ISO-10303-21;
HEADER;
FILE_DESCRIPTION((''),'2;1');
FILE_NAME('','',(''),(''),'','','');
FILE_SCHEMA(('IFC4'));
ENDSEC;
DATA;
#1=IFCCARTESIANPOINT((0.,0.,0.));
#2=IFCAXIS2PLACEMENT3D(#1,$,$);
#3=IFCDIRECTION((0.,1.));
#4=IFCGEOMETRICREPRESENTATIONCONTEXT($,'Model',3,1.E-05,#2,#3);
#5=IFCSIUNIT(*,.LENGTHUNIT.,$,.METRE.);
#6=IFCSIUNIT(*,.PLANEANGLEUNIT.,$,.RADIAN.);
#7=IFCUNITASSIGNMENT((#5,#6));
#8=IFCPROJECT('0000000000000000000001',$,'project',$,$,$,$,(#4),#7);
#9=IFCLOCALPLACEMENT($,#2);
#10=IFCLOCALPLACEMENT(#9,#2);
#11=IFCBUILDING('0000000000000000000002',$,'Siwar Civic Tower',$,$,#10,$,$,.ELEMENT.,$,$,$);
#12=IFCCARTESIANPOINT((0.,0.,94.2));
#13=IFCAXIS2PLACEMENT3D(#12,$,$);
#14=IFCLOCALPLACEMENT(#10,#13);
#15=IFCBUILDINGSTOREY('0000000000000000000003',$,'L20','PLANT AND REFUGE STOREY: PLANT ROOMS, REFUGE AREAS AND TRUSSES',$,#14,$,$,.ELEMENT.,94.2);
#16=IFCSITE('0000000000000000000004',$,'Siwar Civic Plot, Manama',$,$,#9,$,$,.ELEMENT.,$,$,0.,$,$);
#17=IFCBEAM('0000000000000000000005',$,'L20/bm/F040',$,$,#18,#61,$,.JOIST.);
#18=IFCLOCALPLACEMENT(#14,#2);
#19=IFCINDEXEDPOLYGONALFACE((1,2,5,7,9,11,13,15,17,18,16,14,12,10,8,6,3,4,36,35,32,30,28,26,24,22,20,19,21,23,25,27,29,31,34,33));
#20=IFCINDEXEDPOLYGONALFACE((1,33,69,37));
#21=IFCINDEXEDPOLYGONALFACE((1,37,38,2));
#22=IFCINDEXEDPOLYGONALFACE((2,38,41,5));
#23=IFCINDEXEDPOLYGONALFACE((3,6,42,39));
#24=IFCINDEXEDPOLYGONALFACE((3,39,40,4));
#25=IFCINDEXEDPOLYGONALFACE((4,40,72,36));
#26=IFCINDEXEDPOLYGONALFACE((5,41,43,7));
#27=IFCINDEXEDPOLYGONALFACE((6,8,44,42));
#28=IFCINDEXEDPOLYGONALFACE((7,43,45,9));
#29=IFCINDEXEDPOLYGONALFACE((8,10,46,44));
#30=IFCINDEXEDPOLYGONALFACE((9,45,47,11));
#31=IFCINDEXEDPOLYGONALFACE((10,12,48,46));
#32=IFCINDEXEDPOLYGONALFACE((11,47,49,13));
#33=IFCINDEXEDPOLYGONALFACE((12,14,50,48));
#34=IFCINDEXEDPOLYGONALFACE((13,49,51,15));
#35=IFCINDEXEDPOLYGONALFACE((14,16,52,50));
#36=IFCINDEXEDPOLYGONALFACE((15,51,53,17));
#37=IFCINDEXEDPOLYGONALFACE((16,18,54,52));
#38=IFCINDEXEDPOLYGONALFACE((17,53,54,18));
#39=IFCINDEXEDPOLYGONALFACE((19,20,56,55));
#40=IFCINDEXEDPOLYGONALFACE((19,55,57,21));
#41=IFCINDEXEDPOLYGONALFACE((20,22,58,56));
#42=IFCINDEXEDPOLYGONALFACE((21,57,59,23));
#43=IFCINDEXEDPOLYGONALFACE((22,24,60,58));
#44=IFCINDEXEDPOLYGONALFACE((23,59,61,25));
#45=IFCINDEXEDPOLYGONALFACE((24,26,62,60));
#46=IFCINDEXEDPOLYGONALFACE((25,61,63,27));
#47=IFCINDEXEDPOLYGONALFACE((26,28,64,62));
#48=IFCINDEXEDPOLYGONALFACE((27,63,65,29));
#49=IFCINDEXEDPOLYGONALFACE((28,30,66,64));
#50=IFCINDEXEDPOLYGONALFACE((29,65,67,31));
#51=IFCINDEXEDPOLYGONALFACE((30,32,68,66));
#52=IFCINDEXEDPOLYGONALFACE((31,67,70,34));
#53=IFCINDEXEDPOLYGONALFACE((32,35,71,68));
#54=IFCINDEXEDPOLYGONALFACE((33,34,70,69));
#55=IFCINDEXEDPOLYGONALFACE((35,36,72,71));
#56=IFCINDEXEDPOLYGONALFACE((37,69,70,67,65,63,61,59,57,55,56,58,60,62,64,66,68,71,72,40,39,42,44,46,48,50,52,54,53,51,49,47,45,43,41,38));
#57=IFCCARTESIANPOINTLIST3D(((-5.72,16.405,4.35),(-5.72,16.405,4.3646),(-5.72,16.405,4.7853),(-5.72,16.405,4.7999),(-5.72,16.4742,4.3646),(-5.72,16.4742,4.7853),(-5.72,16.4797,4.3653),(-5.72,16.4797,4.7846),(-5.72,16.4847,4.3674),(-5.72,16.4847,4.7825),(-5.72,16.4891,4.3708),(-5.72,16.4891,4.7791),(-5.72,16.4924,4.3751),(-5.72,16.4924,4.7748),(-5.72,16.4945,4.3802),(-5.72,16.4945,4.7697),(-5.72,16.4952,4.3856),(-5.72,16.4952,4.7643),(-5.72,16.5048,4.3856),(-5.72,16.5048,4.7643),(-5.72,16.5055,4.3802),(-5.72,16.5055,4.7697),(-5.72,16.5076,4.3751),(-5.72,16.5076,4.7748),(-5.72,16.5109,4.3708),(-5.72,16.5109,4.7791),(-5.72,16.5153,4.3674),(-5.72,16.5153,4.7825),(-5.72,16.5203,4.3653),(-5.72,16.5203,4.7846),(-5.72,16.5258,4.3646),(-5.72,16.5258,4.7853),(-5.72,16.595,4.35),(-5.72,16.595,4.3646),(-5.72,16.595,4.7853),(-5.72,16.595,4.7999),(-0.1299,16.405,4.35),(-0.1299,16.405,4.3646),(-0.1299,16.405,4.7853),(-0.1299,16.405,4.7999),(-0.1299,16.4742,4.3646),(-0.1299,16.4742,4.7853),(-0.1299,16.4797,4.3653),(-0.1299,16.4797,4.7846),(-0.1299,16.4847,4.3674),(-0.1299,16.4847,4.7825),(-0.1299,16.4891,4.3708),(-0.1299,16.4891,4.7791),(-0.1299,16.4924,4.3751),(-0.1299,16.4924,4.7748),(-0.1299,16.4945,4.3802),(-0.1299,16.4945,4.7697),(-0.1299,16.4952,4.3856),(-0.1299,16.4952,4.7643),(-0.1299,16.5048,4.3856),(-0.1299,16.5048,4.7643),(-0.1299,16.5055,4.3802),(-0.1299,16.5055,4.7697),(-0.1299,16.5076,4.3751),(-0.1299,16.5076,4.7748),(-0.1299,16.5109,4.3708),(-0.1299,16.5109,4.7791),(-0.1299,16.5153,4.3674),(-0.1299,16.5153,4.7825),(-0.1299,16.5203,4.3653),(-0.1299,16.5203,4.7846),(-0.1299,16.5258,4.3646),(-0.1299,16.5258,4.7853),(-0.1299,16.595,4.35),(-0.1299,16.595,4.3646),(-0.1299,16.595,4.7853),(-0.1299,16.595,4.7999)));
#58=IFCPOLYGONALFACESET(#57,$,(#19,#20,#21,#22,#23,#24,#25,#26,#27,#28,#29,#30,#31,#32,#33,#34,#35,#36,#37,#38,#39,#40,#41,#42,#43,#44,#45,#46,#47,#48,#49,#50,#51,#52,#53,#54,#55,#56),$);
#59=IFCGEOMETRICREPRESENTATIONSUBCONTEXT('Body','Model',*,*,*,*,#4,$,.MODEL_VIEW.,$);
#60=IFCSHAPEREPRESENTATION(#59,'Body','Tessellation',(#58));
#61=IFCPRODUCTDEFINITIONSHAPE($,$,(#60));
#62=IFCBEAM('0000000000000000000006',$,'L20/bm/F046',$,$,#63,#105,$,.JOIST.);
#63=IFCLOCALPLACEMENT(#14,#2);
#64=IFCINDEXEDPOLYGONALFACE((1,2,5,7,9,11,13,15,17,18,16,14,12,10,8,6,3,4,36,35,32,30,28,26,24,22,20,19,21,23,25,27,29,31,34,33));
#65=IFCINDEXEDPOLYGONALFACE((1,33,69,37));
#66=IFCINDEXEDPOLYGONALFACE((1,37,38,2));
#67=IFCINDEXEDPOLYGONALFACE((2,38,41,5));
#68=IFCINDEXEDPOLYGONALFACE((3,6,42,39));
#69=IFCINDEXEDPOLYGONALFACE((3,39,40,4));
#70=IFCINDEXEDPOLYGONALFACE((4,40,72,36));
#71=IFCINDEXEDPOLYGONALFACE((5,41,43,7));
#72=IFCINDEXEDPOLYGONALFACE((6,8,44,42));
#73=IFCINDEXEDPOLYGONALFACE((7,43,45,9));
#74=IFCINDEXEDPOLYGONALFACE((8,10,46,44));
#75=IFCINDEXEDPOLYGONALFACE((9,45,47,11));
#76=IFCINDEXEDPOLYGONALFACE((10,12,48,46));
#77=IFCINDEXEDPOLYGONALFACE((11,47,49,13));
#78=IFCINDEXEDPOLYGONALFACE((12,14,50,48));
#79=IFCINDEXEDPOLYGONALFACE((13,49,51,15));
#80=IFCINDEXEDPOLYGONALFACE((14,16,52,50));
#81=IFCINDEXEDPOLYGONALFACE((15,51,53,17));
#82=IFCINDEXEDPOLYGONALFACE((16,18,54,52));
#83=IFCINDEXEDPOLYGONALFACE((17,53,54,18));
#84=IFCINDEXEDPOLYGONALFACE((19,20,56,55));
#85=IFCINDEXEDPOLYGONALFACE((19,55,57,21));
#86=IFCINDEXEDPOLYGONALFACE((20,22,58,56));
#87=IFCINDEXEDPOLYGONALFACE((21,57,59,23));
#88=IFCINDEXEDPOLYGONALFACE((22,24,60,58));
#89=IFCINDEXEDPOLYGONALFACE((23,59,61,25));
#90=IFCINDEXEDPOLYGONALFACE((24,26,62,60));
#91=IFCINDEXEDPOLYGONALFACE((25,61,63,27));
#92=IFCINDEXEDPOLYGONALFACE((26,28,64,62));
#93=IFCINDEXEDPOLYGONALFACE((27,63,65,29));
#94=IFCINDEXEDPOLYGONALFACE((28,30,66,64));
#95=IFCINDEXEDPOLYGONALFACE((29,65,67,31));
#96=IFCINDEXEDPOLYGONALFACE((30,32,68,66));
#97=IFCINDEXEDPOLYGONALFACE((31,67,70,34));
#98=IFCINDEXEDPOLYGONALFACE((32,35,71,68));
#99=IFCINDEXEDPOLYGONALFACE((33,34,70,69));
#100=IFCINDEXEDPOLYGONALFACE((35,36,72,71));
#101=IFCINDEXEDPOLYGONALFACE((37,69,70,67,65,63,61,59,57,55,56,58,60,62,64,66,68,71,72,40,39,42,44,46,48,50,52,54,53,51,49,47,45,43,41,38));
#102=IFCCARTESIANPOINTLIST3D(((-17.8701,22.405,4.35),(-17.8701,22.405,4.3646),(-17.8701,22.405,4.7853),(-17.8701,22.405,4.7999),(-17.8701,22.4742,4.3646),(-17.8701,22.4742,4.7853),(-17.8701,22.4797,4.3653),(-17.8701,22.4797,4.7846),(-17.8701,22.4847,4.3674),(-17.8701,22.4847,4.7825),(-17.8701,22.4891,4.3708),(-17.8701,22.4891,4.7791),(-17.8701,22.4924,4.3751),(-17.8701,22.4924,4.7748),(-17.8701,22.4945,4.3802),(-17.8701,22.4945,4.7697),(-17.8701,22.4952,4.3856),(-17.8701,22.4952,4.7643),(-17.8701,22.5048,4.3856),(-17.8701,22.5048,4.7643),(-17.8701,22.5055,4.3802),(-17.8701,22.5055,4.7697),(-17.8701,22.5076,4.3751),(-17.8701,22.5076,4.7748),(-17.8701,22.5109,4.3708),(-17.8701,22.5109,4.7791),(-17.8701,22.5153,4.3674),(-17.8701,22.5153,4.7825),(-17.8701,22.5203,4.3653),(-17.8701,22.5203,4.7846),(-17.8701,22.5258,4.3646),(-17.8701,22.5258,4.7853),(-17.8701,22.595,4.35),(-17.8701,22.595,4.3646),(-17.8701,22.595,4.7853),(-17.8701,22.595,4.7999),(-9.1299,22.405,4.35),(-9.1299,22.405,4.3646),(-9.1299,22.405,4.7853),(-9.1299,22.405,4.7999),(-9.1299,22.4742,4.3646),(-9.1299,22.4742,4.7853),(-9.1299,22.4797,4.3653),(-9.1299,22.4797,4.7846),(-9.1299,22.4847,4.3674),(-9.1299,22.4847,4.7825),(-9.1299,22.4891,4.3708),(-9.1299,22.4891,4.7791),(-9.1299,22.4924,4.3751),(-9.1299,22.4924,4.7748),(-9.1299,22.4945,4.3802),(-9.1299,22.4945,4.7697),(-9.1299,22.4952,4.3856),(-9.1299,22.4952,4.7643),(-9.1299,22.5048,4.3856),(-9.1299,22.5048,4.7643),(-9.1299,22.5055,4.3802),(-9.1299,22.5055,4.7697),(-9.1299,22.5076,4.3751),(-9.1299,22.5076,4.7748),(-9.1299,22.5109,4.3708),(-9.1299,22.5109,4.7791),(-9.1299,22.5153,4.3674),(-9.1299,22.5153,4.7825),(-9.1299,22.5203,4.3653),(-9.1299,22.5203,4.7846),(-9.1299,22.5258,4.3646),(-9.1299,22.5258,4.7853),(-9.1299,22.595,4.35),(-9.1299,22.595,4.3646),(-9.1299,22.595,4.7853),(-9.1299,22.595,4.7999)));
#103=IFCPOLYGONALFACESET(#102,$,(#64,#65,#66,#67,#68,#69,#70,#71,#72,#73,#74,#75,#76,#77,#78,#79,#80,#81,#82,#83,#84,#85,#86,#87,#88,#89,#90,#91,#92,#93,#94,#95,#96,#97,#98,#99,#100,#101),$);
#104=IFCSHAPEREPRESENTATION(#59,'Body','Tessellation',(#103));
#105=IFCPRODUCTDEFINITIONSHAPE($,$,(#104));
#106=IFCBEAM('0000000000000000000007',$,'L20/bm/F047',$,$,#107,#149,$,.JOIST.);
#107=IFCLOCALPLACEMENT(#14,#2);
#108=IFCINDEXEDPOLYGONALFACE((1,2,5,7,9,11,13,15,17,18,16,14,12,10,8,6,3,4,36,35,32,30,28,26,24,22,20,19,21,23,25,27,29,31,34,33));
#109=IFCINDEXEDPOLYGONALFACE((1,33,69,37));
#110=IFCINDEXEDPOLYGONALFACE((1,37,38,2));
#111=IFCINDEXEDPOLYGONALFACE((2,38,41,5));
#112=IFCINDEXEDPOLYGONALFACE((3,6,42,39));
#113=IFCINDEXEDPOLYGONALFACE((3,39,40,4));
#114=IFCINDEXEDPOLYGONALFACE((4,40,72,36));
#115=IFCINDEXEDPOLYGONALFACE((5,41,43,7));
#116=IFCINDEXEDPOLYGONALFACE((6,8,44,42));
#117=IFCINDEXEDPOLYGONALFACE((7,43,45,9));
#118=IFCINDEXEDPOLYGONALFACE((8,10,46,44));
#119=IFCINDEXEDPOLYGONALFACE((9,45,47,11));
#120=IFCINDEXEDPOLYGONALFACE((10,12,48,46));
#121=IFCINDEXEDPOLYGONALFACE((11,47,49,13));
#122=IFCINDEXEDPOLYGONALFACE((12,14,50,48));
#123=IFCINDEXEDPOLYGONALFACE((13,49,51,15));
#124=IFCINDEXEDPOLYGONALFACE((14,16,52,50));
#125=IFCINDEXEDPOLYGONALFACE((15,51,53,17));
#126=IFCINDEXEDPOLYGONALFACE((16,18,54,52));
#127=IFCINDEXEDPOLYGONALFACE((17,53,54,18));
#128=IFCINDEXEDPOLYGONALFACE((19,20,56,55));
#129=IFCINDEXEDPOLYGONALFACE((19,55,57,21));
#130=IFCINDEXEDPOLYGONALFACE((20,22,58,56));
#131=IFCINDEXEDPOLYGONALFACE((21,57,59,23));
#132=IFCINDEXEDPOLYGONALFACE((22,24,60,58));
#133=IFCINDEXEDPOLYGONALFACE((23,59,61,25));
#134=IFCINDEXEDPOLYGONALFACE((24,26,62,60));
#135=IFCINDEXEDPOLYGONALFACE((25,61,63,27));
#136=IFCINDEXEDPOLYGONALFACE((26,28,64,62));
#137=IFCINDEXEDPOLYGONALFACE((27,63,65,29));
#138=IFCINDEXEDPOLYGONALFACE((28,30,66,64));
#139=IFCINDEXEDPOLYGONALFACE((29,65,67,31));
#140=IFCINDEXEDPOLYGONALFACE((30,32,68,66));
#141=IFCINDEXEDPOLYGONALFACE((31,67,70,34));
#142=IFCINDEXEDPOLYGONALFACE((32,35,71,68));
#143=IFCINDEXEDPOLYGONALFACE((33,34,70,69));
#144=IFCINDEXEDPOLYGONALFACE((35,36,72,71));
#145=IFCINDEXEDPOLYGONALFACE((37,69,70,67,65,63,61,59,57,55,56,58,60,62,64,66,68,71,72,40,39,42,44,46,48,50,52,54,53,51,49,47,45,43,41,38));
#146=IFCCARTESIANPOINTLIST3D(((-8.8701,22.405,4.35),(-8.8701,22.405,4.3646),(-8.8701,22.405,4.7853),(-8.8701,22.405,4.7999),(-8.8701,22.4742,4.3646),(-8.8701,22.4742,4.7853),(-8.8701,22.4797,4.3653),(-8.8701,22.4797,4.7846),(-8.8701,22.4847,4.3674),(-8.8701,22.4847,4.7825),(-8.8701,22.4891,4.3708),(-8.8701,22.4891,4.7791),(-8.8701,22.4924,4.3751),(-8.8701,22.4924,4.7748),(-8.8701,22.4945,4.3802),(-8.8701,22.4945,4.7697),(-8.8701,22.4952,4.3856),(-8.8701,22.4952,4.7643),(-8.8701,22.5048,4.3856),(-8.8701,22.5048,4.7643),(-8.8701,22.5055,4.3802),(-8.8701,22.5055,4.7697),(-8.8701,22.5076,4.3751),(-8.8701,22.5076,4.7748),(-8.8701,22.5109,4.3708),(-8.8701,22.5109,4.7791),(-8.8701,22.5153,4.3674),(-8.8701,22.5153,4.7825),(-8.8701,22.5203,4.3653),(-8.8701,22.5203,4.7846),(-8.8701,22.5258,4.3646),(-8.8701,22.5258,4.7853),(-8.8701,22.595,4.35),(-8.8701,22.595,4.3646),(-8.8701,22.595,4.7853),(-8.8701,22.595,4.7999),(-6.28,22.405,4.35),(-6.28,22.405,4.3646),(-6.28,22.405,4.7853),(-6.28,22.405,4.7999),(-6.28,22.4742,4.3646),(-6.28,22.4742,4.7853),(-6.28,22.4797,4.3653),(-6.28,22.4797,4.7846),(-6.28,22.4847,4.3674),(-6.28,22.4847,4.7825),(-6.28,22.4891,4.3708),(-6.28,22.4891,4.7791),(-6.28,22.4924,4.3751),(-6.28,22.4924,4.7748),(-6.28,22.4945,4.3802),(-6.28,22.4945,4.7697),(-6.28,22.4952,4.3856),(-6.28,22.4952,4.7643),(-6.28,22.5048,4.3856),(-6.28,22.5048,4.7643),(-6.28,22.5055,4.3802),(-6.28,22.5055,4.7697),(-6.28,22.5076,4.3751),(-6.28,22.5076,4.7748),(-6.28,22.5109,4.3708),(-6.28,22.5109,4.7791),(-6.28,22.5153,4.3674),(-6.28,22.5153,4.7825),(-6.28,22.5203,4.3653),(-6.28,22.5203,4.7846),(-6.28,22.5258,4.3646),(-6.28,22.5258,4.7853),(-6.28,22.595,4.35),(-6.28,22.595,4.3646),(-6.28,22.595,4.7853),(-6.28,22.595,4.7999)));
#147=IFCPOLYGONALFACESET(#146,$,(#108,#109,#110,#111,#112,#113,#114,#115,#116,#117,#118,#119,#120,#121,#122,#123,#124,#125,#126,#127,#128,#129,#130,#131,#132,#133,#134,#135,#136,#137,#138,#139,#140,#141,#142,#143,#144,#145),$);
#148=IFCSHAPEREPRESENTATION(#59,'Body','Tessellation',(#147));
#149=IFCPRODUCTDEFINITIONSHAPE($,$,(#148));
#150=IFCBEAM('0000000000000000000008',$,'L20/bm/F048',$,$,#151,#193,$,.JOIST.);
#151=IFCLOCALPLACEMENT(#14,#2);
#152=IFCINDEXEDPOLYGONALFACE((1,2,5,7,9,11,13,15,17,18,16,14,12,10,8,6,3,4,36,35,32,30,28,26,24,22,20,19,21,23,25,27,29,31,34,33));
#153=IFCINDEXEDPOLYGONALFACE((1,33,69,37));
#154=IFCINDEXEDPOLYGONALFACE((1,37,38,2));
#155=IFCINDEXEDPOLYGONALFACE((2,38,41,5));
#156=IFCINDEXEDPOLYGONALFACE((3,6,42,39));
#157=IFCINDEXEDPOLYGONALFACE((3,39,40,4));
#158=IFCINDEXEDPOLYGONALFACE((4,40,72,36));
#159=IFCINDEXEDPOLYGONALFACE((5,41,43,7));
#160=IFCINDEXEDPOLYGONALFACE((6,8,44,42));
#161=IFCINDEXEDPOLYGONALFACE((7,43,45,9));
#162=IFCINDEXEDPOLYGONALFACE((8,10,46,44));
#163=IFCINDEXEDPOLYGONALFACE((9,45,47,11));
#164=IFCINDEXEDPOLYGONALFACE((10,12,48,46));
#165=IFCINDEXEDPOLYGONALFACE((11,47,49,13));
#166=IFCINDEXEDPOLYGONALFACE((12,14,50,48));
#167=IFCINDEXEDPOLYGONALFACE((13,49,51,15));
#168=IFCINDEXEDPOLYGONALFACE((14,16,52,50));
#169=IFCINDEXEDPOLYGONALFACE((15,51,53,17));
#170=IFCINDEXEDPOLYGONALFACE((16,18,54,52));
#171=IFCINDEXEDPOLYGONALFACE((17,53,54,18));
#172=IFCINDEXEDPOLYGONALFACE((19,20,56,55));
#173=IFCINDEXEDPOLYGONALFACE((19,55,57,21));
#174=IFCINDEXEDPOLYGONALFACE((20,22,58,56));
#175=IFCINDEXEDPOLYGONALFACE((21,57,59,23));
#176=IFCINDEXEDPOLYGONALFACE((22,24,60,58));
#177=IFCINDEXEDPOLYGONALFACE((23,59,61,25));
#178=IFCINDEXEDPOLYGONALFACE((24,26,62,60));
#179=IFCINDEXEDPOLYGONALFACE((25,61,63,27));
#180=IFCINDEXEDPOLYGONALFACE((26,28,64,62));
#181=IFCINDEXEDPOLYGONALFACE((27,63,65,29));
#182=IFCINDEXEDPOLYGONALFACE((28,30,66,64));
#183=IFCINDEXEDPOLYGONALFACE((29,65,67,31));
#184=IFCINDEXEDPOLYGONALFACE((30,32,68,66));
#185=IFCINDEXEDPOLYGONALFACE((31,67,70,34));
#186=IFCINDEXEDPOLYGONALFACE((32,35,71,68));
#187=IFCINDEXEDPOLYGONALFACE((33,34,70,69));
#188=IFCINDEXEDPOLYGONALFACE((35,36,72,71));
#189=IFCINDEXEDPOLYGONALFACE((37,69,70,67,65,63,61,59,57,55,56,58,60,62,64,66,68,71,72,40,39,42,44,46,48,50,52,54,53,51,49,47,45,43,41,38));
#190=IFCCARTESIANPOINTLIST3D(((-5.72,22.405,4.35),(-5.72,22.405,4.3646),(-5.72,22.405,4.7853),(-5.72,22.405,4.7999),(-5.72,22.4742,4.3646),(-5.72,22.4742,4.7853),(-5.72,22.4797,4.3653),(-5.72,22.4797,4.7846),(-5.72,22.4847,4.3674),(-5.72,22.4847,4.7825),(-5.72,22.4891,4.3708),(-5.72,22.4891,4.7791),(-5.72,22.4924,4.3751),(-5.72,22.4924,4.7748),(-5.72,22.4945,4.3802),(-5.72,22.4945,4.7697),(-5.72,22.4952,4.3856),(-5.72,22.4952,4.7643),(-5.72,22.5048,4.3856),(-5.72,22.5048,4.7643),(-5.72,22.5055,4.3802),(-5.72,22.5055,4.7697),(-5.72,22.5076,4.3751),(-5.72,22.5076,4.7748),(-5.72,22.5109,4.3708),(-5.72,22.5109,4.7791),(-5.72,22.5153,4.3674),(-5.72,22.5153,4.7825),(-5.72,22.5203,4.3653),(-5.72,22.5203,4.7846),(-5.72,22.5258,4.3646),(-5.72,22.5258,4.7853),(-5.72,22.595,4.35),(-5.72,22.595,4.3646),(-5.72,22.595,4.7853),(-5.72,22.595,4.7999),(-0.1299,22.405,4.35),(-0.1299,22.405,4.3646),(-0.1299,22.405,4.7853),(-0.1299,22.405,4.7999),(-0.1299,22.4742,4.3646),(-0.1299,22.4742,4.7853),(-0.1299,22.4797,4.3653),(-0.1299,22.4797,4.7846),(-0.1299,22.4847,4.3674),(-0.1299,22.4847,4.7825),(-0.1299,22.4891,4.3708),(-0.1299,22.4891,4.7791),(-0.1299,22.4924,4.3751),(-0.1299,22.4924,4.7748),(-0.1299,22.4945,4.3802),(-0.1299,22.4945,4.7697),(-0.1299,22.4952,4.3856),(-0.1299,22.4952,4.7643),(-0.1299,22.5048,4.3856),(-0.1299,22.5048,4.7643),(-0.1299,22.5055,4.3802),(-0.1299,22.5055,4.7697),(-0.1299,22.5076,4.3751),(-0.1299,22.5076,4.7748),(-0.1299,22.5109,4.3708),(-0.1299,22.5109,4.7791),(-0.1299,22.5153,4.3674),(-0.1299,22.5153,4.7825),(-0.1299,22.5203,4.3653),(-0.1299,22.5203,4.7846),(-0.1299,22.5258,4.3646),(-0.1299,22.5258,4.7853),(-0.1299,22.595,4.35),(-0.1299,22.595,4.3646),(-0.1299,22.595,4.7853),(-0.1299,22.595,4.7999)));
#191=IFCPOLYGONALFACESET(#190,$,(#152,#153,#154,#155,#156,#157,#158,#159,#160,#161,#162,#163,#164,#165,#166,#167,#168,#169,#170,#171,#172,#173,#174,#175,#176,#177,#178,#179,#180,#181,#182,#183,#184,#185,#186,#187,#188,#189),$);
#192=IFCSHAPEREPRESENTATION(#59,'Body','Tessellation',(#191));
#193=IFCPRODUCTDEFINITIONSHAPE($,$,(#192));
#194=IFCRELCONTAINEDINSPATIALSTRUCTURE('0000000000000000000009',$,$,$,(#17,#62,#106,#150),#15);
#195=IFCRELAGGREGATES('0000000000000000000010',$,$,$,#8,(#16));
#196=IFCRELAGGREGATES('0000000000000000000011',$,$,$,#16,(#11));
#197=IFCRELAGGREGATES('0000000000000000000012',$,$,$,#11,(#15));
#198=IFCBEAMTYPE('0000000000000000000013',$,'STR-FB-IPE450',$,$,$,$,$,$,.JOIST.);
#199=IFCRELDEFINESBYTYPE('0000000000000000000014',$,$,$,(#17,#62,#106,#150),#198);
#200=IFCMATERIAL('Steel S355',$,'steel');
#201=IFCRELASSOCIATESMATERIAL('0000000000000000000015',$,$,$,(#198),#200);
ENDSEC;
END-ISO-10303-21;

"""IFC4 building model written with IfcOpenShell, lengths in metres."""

from ifc_helpers import new_model, si_unit, direction, frame, origin, origin_2d, place, context, subcontext, project, spatial, i_section, extrude, material, material_profile, profile_set, type_object, element, save


model = new_model("IFC4")

# Units and contexts
model_context = context("Model", 3, precision=1e-05, world=origin(), true_north=direction((0.0, 1.0)))
body_context = subcontext(model_context, "Body", "Model", "MODEL_VIEW")
ifc_project = project(units=[si_unit("LENGTHUNIT", "METRE"), si_unit("PLANEANGLEUNIT", "RADIAN")], contexts=[model_context])

# Site, building, storey
site_placement = place(None, origin())
site = spatial("IfcSite", under=ifc_project, at=site_placement, Name="Siwar Civic Plot, Manama", CompositionType="ELEMENT", RefElevation=0.0)
building_placement = place(site_placement, origin())
building = spatial("IfcBuilding", under=site, at=building_placement, Name="Siwar Civic Tower", CompositionType="ELEMENT")
storey_placement = place(building_placement, frame((0.0, 0.0, 94.2)))
storey = spatial("IfcBuildingStorey", under=building, at=storey_placement, Name="L20", Description="PLANT AND REFUGE STOREY: PLANT ROOMS, REFUGE AREAS AND TRUSSES", CompositionType="ELEMENT", Elevation=94.2)

# Beams
ifc_material_1 = material(Name="Steel S355", Category="steel")
ifc_material_profile_1 = material_profile(ifc_material_1, i_section(OverallWidth=0.1899, OverallDepth=0.45, WebThickness=0.0095, FlangeThickness=0.0146, FilletRadius=0.021, at=origin_2d()), Name="IPE450")
ifc_profile_set_1 = profile_set([ifc_material_profile_1], Name="Steel S355")
beam_type_1 = type_object("IfcBeamType", Name="STR-FB-IPE450", PredefinedType="JOIST", material=ifc_profile_set_1)
beam_1_placement = place(storey_placement, frame((-5.72, 16.5, 4.575), z_axis=(1.0, 0.0, 0.0), x_axis=(0.0, 1.0, 0.0)))
element("IfcBeam", 1, at=beam_1_placement, inside=storey, type_object=beam_type_1, Name="L20/bm/F040", PredefinedType="JOIST", context=body_context, shape_type="SweptSolid", body=[
    extrude(i_section(OverallWidth=0.1899, OverallDepth=0.45, WebThickness=0.0095, FlangeThickness=0.0146, FilletRadius=0.021, at=origin_2d()), origin(), (0.0, 0.0, 1.0), 5.5901),
])
beam_2_placement = place(storey_placement, frame((-17.8701, 22.5, 4.575), z_axis=(1.0, 0.0, 0.0), x_axis=(0.0, 1.0, 0.0)))
element("IfcBeam", 2, at=beam_2_placement, inside=storey, type_object=beam_type_1, Name="L20/bm/F046", PredefinedType="JOIST", context=body_context, shape_type="SweptSolid", body=[
    extrude(i_section(OverallWidth=0.1899, OverallDepth=0.45, WebThickness=0.0095, FlangeThickness=0.0146, FilletRadius=0.021, at=origin_2d()), origin(), (0.0, 0.0, 1.0), 8.7402),
])
beam_3_placement = place(storey_placement, frame((-8.8701, 22.5, 4.575), z_axis=(1.0, 0.0, 0.0), x_axis=(0.0, 1.0, 0.0)))
element("IfcBeam", 3, at=beam_3_placement, inside=storey, type_object=beam_type_1, Name="L20/bm/F047", PredefinedType="JOIST", context=body_context, shape_type="SweptSolid", body=[
    extrude(i_section(OverallWidth=0.1899, OverallDepth=0.45, WebThickness=0.0095, FlangeThickness=0.0146, FilletRadius=0.021, at=origin_2d()), origin(), (0.0, 0.0, 1.0), 2.5901),
])
beam_4_placement = place(storey_placement, frame((-5.72, 22.5, 4.575), z_axis=(1.0, 0.0, 0.0), x_axis=(0.0, 1.0, 0.0)))
element("IfcBeam", 4, at=beam_4_placement, inside=storey, type_object=beam_type_1, Name="L20/bm/F048", PredefinedType="JOIST", context=body_context, shape_type="SweptSolid", body=[
    extrude(i_section(OverallWidth=0.1899, OverallDepth=0.45, WebThickness=0.0095, FlangeThickness=0.0146, FilletRadius=0.021, at=origin_2d()), origin(), (0.0, 0.0, 1.0), 5.5901),
])

save(model, "model.ifc")
